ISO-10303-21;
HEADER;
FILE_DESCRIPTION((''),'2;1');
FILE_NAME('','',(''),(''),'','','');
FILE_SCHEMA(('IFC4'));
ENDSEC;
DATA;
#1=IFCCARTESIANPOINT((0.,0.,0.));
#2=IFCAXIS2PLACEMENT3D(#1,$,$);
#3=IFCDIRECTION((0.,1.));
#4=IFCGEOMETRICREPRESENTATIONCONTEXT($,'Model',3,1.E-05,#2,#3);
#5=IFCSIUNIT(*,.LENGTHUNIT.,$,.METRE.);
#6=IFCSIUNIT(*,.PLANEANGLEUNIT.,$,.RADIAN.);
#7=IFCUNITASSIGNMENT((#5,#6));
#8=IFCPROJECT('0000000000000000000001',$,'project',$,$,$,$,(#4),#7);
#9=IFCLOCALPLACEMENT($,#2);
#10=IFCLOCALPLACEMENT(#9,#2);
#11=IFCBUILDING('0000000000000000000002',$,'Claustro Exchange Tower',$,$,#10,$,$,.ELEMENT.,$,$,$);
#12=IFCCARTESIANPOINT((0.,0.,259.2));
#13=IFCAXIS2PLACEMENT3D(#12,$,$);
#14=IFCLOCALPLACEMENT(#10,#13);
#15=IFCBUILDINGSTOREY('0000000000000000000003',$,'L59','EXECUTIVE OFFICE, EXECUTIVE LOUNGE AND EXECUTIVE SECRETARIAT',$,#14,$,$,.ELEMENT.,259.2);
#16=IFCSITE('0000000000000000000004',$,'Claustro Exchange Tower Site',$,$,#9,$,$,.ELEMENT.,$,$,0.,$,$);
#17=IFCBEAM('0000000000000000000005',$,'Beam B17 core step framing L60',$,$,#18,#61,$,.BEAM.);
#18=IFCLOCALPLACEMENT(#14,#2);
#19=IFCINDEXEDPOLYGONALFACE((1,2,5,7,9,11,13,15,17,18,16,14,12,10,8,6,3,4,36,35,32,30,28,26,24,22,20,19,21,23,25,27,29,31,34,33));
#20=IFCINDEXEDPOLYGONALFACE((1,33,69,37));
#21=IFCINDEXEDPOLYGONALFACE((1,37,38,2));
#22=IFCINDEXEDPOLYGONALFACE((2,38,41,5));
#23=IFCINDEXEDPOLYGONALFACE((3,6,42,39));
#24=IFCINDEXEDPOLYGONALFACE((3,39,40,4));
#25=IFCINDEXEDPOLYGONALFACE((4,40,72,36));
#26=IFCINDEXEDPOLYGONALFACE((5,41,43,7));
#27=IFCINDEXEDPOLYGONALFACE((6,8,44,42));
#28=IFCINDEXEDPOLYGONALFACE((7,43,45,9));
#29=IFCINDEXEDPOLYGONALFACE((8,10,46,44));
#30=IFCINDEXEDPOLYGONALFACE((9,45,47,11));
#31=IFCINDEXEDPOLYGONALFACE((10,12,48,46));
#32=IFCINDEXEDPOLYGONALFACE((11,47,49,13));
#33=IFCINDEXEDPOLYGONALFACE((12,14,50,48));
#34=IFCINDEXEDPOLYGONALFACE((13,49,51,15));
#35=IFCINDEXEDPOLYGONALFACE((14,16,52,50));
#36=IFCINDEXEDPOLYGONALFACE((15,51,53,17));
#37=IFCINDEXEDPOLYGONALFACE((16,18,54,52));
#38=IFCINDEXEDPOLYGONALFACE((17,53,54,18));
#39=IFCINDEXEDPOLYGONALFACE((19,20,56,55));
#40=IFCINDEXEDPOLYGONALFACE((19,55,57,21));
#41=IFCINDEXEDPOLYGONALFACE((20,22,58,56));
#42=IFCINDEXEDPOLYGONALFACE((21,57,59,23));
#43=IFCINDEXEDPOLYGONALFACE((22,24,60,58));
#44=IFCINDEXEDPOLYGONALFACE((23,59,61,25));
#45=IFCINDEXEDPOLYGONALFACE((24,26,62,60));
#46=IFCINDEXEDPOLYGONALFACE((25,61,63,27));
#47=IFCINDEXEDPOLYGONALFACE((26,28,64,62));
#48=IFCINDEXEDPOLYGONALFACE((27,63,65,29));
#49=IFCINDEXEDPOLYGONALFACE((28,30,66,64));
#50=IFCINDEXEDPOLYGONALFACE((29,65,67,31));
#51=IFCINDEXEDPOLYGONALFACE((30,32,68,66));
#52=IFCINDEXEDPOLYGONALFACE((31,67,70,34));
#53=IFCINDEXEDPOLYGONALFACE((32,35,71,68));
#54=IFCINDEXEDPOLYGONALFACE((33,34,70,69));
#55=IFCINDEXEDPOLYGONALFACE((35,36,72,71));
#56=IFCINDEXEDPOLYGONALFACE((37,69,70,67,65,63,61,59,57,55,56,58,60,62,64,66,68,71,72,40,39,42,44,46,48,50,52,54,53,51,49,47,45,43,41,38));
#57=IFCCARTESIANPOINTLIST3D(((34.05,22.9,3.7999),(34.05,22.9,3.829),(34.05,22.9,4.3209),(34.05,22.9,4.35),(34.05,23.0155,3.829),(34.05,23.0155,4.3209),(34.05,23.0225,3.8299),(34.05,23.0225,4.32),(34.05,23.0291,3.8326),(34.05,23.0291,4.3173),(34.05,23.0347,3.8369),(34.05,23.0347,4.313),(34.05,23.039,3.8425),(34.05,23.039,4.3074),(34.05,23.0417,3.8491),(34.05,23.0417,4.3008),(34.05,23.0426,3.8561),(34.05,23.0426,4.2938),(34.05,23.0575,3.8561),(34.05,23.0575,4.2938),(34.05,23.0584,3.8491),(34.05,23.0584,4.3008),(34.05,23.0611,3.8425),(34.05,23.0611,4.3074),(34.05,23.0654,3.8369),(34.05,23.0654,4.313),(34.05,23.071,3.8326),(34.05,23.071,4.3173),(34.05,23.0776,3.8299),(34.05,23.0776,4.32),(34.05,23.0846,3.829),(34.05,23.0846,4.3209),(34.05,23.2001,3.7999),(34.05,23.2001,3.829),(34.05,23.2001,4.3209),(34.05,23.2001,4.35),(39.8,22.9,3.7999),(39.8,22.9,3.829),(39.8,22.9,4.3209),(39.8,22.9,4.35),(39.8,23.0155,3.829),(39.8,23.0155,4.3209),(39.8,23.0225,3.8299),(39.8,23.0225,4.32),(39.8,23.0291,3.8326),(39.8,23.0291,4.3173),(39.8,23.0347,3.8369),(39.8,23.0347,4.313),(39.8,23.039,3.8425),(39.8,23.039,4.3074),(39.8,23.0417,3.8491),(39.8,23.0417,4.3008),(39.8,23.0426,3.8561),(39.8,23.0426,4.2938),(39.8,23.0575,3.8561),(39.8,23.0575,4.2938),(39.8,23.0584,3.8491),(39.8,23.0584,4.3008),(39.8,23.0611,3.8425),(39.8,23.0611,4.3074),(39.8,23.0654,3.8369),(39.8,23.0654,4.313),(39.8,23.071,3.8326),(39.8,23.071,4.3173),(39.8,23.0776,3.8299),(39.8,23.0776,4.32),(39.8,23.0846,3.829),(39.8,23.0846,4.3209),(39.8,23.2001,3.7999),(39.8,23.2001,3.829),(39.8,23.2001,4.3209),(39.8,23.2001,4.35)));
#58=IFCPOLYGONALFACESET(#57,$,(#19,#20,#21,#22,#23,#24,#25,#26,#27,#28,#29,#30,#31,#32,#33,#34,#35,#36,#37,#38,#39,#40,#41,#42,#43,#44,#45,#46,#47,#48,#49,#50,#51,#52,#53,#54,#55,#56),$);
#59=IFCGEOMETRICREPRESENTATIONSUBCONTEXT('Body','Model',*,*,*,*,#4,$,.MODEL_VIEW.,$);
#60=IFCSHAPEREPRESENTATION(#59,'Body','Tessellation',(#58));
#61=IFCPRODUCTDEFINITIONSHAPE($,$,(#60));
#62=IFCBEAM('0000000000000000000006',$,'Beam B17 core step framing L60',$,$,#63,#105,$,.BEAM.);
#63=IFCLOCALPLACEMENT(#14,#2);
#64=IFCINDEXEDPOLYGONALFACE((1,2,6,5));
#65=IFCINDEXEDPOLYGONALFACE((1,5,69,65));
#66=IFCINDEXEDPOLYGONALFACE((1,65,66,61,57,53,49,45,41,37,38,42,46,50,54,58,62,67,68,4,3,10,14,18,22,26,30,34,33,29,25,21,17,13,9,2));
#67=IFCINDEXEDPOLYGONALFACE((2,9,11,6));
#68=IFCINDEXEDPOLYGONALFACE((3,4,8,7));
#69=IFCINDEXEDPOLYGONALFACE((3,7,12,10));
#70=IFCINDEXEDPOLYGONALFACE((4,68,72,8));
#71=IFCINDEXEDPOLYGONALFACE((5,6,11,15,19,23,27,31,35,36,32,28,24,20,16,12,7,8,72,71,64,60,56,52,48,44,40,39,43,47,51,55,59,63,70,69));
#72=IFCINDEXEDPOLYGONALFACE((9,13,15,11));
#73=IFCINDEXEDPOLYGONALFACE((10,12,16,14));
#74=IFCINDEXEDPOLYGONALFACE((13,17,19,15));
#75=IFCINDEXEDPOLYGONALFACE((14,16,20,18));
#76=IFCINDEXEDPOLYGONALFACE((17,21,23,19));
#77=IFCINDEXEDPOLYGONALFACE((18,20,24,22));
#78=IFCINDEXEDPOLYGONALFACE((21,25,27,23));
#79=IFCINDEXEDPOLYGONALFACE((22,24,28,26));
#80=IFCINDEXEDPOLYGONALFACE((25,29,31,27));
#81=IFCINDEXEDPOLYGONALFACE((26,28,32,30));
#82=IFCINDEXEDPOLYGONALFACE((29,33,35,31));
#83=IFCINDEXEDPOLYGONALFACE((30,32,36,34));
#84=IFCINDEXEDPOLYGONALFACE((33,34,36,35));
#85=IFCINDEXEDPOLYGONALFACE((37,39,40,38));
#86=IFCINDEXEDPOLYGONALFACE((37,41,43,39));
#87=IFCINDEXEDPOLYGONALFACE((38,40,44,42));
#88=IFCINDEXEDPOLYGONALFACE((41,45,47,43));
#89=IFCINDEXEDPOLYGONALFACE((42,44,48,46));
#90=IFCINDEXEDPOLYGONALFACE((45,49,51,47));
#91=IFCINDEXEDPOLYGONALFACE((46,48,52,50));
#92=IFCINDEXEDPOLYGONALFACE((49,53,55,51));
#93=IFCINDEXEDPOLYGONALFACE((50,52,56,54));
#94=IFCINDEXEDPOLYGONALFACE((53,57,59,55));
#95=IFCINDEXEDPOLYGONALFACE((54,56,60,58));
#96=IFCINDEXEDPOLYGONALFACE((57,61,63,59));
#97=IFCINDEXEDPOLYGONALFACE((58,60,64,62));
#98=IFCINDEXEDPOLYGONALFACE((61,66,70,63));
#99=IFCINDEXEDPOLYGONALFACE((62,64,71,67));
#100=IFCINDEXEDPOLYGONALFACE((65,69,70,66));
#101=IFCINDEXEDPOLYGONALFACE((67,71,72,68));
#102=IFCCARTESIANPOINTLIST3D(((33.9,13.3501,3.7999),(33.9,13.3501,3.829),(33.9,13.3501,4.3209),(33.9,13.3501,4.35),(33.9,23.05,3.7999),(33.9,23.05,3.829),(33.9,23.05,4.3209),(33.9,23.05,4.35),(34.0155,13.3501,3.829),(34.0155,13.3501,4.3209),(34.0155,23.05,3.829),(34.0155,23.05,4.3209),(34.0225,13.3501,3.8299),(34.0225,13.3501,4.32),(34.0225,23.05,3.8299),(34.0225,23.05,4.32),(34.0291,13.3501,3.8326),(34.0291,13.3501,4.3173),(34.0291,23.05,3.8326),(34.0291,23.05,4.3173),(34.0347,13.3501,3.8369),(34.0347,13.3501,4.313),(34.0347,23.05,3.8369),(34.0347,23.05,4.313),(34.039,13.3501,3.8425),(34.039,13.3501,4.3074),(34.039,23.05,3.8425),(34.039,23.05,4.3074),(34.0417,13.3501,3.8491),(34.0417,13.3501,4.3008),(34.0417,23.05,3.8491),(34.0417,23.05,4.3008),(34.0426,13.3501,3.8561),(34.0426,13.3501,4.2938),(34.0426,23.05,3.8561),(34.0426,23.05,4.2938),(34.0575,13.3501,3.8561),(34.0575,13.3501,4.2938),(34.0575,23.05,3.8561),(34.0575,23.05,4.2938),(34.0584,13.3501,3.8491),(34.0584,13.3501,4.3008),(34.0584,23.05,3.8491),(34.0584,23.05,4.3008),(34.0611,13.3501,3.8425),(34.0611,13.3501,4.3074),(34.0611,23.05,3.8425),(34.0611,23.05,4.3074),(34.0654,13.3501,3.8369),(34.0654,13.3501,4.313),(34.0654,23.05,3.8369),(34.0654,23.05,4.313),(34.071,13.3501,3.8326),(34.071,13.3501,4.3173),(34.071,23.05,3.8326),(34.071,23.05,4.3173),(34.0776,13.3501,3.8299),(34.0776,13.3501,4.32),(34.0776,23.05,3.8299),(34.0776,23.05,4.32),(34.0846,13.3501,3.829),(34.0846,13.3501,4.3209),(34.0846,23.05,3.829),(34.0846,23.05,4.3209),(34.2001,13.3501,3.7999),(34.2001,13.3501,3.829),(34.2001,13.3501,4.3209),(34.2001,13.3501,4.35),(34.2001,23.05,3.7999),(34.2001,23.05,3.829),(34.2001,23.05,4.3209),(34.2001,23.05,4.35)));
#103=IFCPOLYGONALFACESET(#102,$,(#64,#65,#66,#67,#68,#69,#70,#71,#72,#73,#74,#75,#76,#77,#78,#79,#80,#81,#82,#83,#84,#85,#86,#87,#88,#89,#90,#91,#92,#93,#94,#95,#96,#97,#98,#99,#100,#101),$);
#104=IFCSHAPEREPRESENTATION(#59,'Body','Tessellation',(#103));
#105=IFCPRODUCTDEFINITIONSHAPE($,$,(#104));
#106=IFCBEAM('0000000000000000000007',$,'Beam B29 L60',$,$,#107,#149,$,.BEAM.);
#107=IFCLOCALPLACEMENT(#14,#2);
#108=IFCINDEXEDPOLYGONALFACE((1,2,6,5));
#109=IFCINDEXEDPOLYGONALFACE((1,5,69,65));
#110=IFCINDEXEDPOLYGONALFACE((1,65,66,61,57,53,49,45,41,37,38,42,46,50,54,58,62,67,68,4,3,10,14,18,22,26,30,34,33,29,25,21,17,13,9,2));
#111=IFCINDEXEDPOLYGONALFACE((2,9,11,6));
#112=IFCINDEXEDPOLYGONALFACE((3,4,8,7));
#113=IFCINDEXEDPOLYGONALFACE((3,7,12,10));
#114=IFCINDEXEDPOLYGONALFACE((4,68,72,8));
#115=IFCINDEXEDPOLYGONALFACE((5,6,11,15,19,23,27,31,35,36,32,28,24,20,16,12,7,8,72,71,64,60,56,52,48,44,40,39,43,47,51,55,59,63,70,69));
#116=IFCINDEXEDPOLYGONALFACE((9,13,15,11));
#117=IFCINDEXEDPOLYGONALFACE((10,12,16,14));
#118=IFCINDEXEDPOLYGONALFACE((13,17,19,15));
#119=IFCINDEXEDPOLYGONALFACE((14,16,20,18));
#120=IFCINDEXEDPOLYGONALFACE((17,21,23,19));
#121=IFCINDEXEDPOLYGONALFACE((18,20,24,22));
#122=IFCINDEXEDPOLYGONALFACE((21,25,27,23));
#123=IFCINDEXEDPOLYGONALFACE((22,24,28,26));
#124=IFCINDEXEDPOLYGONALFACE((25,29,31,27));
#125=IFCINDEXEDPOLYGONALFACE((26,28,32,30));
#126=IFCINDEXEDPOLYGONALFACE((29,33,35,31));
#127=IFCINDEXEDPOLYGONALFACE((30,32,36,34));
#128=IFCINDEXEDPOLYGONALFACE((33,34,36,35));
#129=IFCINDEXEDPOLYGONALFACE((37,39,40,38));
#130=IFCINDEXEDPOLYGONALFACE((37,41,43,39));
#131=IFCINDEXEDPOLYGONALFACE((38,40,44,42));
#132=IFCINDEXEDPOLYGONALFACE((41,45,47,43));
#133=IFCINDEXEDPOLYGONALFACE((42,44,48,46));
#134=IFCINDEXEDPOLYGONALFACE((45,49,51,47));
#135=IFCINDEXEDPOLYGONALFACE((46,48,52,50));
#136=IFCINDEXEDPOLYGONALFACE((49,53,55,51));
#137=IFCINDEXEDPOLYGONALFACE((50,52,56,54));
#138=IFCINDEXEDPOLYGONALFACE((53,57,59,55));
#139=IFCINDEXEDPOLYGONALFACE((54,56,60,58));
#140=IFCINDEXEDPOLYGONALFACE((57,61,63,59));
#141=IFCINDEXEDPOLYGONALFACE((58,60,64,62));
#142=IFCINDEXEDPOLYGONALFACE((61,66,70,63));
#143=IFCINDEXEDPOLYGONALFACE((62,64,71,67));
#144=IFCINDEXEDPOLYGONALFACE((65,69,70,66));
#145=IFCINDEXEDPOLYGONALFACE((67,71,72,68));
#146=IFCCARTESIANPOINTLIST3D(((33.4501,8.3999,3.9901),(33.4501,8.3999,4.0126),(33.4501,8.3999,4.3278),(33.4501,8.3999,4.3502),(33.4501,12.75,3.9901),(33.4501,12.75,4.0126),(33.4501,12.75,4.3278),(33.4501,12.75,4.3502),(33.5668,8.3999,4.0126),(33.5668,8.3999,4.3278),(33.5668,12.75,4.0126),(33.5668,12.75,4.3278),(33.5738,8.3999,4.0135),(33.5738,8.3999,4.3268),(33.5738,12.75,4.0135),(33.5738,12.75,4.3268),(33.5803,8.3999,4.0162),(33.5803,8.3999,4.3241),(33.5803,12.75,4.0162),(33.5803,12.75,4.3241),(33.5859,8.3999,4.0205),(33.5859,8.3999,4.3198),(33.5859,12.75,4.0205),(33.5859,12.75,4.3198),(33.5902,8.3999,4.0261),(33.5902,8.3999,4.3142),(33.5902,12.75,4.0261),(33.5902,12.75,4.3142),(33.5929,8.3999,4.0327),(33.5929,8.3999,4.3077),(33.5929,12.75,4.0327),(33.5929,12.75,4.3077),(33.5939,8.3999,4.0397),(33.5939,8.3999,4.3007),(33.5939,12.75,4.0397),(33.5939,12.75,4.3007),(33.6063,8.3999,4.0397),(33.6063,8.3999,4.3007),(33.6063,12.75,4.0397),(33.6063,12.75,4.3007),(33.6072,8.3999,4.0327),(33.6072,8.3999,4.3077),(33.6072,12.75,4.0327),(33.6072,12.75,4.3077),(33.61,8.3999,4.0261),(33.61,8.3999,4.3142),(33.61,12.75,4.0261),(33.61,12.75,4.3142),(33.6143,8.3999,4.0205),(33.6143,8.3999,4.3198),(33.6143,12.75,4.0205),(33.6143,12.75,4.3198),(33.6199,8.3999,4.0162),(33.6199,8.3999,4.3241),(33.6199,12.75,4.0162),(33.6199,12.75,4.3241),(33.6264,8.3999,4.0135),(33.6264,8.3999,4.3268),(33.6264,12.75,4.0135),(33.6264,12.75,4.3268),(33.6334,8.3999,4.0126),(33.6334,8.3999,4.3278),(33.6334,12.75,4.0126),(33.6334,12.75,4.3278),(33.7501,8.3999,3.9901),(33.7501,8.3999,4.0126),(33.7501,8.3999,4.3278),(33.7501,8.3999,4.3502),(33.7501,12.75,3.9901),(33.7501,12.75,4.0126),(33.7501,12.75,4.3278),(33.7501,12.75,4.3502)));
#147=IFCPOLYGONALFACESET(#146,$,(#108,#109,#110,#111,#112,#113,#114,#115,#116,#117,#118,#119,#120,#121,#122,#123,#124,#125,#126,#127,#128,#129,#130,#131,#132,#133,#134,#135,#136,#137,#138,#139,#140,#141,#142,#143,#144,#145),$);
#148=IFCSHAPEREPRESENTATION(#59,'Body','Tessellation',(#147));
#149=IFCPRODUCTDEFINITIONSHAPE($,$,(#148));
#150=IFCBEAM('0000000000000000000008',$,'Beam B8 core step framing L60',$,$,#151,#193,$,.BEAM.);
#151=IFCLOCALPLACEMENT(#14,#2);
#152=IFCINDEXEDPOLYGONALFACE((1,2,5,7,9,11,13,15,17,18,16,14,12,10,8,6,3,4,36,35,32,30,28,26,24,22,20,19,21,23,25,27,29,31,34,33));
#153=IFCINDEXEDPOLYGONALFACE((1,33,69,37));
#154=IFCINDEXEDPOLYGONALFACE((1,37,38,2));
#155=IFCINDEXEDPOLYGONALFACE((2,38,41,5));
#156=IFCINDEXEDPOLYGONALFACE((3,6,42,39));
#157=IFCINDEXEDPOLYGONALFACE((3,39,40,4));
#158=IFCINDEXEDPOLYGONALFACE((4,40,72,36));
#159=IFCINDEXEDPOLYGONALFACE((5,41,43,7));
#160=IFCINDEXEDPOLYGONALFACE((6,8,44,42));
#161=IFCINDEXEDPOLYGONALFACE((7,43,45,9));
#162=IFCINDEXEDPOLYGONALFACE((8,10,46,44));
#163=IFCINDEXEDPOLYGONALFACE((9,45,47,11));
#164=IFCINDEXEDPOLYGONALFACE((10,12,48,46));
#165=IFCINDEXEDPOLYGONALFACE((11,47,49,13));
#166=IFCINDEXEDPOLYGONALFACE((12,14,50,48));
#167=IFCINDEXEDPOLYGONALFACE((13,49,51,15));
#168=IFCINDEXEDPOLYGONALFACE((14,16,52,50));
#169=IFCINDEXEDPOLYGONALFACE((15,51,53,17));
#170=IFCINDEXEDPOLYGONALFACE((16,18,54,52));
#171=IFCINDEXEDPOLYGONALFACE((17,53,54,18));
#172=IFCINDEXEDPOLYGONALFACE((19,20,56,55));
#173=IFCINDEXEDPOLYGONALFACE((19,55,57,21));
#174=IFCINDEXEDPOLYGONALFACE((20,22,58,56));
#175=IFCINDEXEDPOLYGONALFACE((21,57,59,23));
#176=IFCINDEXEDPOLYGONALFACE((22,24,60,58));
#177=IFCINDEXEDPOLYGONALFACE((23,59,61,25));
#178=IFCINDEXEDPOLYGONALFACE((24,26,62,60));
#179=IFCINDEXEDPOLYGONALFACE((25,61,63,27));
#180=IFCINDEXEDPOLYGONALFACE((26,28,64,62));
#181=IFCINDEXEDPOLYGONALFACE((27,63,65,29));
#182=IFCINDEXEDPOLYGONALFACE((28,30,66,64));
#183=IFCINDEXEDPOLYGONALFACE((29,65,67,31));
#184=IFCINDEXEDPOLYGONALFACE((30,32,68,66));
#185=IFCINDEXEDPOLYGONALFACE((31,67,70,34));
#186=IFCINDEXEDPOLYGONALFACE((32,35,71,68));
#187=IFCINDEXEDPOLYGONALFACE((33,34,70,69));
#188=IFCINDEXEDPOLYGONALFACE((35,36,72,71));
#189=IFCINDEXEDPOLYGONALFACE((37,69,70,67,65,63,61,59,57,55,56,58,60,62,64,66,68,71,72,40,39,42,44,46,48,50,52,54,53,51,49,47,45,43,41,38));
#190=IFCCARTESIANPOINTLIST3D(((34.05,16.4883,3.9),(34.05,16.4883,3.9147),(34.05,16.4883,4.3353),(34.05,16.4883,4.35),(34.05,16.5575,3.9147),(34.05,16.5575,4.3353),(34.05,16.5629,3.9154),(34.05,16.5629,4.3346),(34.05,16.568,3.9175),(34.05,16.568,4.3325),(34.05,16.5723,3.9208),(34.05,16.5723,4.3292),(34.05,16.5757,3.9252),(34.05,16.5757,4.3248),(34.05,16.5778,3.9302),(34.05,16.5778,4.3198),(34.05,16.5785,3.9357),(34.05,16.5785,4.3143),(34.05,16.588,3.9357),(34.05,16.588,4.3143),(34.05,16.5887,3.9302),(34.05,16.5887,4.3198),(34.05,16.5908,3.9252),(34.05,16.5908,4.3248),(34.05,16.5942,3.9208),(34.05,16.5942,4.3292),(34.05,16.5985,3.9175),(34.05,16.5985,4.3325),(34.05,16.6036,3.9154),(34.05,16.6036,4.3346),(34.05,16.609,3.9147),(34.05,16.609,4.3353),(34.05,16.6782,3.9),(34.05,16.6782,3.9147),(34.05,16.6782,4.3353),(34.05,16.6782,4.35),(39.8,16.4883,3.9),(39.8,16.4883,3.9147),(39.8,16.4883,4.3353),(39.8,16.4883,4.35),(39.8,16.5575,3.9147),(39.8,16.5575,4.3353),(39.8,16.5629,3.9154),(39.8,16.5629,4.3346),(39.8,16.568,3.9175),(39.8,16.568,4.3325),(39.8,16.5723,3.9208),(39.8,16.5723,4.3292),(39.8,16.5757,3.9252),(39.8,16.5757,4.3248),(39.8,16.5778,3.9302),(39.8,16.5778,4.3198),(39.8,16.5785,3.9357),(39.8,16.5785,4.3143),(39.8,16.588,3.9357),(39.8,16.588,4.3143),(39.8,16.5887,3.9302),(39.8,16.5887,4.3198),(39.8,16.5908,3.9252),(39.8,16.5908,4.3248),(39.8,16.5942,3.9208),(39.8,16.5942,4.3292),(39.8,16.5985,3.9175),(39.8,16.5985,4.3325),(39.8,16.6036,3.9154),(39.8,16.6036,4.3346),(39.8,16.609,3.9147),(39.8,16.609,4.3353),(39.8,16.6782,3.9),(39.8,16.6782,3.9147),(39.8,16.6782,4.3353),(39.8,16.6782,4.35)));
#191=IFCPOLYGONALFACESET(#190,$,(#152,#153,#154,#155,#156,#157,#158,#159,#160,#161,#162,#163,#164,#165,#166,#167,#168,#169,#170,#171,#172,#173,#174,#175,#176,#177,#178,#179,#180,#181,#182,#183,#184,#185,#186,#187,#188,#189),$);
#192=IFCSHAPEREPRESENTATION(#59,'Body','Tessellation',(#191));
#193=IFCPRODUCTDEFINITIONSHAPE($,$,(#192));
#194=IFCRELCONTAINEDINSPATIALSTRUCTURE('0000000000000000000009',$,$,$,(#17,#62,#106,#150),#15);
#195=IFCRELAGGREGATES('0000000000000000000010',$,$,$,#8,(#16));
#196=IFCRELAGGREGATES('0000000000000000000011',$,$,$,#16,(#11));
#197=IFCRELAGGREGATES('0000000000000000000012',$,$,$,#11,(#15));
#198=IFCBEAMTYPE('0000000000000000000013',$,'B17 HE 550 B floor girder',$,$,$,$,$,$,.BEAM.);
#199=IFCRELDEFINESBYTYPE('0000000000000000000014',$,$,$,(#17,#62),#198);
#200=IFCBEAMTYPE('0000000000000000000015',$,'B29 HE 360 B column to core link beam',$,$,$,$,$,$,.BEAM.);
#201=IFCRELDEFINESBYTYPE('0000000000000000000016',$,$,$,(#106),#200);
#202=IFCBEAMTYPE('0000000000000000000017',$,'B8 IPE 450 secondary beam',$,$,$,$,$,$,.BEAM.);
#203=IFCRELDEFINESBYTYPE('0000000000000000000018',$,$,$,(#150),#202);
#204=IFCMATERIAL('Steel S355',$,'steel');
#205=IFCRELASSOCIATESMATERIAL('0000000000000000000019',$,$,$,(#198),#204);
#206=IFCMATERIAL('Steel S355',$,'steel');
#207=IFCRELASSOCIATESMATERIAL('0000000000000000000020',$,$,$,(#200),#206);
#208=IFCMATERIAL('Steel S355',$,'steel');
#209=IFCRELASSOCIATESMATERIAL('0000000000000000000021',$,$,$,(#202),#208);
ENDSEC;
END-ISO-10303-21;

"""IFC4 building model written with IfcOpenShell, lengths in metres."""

from ifc_helpers import new_model, si_unit, direction, frame, origin, origin_2d, place, context, subcontext, project, spatial, i_section, extrude, material, material_profile, profile_set, type_object, element, save


model = new_model("IFC4")

# Units and contexts
model_context = context("Model", 3, precision=1e-05, world=origin(), true_north=direction((0.0, 1.0)))
body_context = subcontext(model_context, "Body", "Model", "MODEL_VIEW")
ifc_project = project(units=[si_unit("LENGTHUNIT", "METRE"), si_unit("PLANEANGLEUNIT", "RADIAN")], contexts=[model_context])

# Site, building, storey
site_placement = place(None, origin())
site = spatial("IfcSite", under=ifc_project, at=site_placement, Name="Claustro Exchange Tower Site", CompositionType="ELEMENT", RefElevation=0.0)
building_placement = place(site_placement, origin())
building = spatial("IfcBuilding", under=site, at=building_placement, Name="Claustro Exchange Tower", CompositionType="ELEMENT")
storey_placement = place(building_placement, frame((0.0, 0.0, 259.2)))
storey = spatial("IfcBuildingStorey", under=building, at=storey_placement, Name="L59", Description="EXECUTIVE OFFICE, EXECUTIVE LOUNGE AND EXECUTIVE SECRETARIAT", CompositionType="ELEMENT", Elevation=259.2)

# Beams
ifc_material_1 = material(Name="Steel S355", Category="steel")
ifc_material_profile_1 = material_profile(ifc_material_1, i_section(OverallWidth=0.3, OverallDepth=0.55, WebThickness=0.0149, FlangeThickness=0.0291, FilletRadius=0.0271, at=origin_2d()), Name="HE 550 B")
ifc_profile_set_1 = profile_set([ifc_material_profile_1], Name="Steel S355")
beam_type_1 = type_object("IfcBeamType", Name="B17 HE 550 B floor girder", PredefinedType="BEAM", material=ifc_profile_set_1)
beam_1_placement = place(storey_placement, frame((34.05, 23.05, 4.075), z_axis=(1.0, 0.0, 0.0), x_axis=(0.0, 1.0, 0.0)))
element("IfcBeam", 1, at=beam_1_placement, inside=storey, type_object=beam_type_1, Name="Beam B17 core step framing L60", PredefinedType="BEAM", context=body_context, shape_type="SweptSolid", body=[
    extrude(i_section(OverallWidth=0.3, OverallDepth=0.55, WebThickness=0.0149, FlangeThickness=0.0291, FilletRadius=0.0271, at=origin_2d()), origin(), (0.0, 0.0, 1.0), 5.75),
])
beam_2_placement = place(storey_placement, frame((34.05, 13.3501, 4.075), z_axis=(0.0, 1.0, 0.0), x_axis=(-1.0, 0.0, 0.0)))
element("IfcBeam", 2, at=beam_2_placement, inside=storey, type_object=beam_type_1, Name="Beam B17 core step framing L60", PredefinedType="BEAM", context=body_context, shape_type="SweptSolid", body=[
    extrude(i_section(OverallWidth=0.3, OverallDepth=0.55, WebThickness=0.0149, FlangeThickness=0.0291, FilletRadius=0.0271, at=origin_2d()), origin(), (0.0, 0.0, 1.0), 9.7),
])
ifc_material_2 = material(Name="Steel S355", Category="steel")
ifc_material_profile_2 = material_profile(ifc_material_2, i_section(OverallWidth=0.3, OverallDepth=0.3601, WebThickness=0.0125, FlangeThickness=0.0225, FilletRadius=0.0271, at=origin_2d()), Name="HE 360 B")
ifc_profile_set_2 = profile_set([ifc_material_profile_2], Name="Steel S355")
beam_type_2 = type_object("IfcBeamType", Name="B29 HE 360 B column to core link beam", PredefinedType="BEAM", material=ifc_profile_set_2)
beam_3_placement = place(storey_placement, frame((33.6001, 8.3999, 4.1702), z_axis=(0.0, 1.0, 0.0), x_axis=(-1.0, 0.0, 0.0)))
element("IfcBeam", 3, at=beam_3_placement, inside=storey, type_object=beam_type_2, Name="Beam B29 L60", PredefinedType="BEAM", context=body_context, shape_type="SweptSolid", body=[
    extrude(i_section(OverallWidth=0.3, OverallDepth=0.3601, WebThickness=0.0125, FlangeThickness=0.0225, FilletRadius=0.0271, at=origin_2d()), origin(), (0.0, 0.0, 1.0), 4.3501),
])
ifc_material_3 = material(Name="Steel S355", Category="steel")
ifc_material_profile_3 = material_profile(ifc_material_3, i_section(OverallWidth=0.1899, OverallDepth=0.45, WebThickness=0.0095, FlangeThickness=0.0146, FilletRadius=0.021, at=origin_2d()), Name="IPE 450")
ifc_profile_set_3 = profile_set([ifc_material_profile_3], Name="Steel S355")
beam_type_3 = type_object("IfcBeamType", Name="B8 IPE 450 secondary beam", PredefinedType="BEAM", material=ifc_profile_set_3)
for number, where, z_axis, x_axis, name in (
    (4, (34.05, 16.5833, 4.125), (1.0, 0.0, 0.0), (0.0, 1.0, 0.0), "Beam B8 core step framing L60"),
):
    element("IfcBeam", number, at=place(storey_placement, frame(where, z_axis=z_axis, x_axis=x_axis)), inside=storey, type_object=beam_type_3, Name=name, PredefinedType="BEAM", context=body_context, shape_type="SweptSolid", body=[
        extrude(i_section(OverallWidth=0.1899, OverallDepth=0.45, WebThickness=0.0095, FlangeThickness=0.0146, FilletRadius=0.021, at=origin_2d()), origin(), (0.0, 0.0, 1.0), 5.75),
    ])

save(model, "model.ifc")
